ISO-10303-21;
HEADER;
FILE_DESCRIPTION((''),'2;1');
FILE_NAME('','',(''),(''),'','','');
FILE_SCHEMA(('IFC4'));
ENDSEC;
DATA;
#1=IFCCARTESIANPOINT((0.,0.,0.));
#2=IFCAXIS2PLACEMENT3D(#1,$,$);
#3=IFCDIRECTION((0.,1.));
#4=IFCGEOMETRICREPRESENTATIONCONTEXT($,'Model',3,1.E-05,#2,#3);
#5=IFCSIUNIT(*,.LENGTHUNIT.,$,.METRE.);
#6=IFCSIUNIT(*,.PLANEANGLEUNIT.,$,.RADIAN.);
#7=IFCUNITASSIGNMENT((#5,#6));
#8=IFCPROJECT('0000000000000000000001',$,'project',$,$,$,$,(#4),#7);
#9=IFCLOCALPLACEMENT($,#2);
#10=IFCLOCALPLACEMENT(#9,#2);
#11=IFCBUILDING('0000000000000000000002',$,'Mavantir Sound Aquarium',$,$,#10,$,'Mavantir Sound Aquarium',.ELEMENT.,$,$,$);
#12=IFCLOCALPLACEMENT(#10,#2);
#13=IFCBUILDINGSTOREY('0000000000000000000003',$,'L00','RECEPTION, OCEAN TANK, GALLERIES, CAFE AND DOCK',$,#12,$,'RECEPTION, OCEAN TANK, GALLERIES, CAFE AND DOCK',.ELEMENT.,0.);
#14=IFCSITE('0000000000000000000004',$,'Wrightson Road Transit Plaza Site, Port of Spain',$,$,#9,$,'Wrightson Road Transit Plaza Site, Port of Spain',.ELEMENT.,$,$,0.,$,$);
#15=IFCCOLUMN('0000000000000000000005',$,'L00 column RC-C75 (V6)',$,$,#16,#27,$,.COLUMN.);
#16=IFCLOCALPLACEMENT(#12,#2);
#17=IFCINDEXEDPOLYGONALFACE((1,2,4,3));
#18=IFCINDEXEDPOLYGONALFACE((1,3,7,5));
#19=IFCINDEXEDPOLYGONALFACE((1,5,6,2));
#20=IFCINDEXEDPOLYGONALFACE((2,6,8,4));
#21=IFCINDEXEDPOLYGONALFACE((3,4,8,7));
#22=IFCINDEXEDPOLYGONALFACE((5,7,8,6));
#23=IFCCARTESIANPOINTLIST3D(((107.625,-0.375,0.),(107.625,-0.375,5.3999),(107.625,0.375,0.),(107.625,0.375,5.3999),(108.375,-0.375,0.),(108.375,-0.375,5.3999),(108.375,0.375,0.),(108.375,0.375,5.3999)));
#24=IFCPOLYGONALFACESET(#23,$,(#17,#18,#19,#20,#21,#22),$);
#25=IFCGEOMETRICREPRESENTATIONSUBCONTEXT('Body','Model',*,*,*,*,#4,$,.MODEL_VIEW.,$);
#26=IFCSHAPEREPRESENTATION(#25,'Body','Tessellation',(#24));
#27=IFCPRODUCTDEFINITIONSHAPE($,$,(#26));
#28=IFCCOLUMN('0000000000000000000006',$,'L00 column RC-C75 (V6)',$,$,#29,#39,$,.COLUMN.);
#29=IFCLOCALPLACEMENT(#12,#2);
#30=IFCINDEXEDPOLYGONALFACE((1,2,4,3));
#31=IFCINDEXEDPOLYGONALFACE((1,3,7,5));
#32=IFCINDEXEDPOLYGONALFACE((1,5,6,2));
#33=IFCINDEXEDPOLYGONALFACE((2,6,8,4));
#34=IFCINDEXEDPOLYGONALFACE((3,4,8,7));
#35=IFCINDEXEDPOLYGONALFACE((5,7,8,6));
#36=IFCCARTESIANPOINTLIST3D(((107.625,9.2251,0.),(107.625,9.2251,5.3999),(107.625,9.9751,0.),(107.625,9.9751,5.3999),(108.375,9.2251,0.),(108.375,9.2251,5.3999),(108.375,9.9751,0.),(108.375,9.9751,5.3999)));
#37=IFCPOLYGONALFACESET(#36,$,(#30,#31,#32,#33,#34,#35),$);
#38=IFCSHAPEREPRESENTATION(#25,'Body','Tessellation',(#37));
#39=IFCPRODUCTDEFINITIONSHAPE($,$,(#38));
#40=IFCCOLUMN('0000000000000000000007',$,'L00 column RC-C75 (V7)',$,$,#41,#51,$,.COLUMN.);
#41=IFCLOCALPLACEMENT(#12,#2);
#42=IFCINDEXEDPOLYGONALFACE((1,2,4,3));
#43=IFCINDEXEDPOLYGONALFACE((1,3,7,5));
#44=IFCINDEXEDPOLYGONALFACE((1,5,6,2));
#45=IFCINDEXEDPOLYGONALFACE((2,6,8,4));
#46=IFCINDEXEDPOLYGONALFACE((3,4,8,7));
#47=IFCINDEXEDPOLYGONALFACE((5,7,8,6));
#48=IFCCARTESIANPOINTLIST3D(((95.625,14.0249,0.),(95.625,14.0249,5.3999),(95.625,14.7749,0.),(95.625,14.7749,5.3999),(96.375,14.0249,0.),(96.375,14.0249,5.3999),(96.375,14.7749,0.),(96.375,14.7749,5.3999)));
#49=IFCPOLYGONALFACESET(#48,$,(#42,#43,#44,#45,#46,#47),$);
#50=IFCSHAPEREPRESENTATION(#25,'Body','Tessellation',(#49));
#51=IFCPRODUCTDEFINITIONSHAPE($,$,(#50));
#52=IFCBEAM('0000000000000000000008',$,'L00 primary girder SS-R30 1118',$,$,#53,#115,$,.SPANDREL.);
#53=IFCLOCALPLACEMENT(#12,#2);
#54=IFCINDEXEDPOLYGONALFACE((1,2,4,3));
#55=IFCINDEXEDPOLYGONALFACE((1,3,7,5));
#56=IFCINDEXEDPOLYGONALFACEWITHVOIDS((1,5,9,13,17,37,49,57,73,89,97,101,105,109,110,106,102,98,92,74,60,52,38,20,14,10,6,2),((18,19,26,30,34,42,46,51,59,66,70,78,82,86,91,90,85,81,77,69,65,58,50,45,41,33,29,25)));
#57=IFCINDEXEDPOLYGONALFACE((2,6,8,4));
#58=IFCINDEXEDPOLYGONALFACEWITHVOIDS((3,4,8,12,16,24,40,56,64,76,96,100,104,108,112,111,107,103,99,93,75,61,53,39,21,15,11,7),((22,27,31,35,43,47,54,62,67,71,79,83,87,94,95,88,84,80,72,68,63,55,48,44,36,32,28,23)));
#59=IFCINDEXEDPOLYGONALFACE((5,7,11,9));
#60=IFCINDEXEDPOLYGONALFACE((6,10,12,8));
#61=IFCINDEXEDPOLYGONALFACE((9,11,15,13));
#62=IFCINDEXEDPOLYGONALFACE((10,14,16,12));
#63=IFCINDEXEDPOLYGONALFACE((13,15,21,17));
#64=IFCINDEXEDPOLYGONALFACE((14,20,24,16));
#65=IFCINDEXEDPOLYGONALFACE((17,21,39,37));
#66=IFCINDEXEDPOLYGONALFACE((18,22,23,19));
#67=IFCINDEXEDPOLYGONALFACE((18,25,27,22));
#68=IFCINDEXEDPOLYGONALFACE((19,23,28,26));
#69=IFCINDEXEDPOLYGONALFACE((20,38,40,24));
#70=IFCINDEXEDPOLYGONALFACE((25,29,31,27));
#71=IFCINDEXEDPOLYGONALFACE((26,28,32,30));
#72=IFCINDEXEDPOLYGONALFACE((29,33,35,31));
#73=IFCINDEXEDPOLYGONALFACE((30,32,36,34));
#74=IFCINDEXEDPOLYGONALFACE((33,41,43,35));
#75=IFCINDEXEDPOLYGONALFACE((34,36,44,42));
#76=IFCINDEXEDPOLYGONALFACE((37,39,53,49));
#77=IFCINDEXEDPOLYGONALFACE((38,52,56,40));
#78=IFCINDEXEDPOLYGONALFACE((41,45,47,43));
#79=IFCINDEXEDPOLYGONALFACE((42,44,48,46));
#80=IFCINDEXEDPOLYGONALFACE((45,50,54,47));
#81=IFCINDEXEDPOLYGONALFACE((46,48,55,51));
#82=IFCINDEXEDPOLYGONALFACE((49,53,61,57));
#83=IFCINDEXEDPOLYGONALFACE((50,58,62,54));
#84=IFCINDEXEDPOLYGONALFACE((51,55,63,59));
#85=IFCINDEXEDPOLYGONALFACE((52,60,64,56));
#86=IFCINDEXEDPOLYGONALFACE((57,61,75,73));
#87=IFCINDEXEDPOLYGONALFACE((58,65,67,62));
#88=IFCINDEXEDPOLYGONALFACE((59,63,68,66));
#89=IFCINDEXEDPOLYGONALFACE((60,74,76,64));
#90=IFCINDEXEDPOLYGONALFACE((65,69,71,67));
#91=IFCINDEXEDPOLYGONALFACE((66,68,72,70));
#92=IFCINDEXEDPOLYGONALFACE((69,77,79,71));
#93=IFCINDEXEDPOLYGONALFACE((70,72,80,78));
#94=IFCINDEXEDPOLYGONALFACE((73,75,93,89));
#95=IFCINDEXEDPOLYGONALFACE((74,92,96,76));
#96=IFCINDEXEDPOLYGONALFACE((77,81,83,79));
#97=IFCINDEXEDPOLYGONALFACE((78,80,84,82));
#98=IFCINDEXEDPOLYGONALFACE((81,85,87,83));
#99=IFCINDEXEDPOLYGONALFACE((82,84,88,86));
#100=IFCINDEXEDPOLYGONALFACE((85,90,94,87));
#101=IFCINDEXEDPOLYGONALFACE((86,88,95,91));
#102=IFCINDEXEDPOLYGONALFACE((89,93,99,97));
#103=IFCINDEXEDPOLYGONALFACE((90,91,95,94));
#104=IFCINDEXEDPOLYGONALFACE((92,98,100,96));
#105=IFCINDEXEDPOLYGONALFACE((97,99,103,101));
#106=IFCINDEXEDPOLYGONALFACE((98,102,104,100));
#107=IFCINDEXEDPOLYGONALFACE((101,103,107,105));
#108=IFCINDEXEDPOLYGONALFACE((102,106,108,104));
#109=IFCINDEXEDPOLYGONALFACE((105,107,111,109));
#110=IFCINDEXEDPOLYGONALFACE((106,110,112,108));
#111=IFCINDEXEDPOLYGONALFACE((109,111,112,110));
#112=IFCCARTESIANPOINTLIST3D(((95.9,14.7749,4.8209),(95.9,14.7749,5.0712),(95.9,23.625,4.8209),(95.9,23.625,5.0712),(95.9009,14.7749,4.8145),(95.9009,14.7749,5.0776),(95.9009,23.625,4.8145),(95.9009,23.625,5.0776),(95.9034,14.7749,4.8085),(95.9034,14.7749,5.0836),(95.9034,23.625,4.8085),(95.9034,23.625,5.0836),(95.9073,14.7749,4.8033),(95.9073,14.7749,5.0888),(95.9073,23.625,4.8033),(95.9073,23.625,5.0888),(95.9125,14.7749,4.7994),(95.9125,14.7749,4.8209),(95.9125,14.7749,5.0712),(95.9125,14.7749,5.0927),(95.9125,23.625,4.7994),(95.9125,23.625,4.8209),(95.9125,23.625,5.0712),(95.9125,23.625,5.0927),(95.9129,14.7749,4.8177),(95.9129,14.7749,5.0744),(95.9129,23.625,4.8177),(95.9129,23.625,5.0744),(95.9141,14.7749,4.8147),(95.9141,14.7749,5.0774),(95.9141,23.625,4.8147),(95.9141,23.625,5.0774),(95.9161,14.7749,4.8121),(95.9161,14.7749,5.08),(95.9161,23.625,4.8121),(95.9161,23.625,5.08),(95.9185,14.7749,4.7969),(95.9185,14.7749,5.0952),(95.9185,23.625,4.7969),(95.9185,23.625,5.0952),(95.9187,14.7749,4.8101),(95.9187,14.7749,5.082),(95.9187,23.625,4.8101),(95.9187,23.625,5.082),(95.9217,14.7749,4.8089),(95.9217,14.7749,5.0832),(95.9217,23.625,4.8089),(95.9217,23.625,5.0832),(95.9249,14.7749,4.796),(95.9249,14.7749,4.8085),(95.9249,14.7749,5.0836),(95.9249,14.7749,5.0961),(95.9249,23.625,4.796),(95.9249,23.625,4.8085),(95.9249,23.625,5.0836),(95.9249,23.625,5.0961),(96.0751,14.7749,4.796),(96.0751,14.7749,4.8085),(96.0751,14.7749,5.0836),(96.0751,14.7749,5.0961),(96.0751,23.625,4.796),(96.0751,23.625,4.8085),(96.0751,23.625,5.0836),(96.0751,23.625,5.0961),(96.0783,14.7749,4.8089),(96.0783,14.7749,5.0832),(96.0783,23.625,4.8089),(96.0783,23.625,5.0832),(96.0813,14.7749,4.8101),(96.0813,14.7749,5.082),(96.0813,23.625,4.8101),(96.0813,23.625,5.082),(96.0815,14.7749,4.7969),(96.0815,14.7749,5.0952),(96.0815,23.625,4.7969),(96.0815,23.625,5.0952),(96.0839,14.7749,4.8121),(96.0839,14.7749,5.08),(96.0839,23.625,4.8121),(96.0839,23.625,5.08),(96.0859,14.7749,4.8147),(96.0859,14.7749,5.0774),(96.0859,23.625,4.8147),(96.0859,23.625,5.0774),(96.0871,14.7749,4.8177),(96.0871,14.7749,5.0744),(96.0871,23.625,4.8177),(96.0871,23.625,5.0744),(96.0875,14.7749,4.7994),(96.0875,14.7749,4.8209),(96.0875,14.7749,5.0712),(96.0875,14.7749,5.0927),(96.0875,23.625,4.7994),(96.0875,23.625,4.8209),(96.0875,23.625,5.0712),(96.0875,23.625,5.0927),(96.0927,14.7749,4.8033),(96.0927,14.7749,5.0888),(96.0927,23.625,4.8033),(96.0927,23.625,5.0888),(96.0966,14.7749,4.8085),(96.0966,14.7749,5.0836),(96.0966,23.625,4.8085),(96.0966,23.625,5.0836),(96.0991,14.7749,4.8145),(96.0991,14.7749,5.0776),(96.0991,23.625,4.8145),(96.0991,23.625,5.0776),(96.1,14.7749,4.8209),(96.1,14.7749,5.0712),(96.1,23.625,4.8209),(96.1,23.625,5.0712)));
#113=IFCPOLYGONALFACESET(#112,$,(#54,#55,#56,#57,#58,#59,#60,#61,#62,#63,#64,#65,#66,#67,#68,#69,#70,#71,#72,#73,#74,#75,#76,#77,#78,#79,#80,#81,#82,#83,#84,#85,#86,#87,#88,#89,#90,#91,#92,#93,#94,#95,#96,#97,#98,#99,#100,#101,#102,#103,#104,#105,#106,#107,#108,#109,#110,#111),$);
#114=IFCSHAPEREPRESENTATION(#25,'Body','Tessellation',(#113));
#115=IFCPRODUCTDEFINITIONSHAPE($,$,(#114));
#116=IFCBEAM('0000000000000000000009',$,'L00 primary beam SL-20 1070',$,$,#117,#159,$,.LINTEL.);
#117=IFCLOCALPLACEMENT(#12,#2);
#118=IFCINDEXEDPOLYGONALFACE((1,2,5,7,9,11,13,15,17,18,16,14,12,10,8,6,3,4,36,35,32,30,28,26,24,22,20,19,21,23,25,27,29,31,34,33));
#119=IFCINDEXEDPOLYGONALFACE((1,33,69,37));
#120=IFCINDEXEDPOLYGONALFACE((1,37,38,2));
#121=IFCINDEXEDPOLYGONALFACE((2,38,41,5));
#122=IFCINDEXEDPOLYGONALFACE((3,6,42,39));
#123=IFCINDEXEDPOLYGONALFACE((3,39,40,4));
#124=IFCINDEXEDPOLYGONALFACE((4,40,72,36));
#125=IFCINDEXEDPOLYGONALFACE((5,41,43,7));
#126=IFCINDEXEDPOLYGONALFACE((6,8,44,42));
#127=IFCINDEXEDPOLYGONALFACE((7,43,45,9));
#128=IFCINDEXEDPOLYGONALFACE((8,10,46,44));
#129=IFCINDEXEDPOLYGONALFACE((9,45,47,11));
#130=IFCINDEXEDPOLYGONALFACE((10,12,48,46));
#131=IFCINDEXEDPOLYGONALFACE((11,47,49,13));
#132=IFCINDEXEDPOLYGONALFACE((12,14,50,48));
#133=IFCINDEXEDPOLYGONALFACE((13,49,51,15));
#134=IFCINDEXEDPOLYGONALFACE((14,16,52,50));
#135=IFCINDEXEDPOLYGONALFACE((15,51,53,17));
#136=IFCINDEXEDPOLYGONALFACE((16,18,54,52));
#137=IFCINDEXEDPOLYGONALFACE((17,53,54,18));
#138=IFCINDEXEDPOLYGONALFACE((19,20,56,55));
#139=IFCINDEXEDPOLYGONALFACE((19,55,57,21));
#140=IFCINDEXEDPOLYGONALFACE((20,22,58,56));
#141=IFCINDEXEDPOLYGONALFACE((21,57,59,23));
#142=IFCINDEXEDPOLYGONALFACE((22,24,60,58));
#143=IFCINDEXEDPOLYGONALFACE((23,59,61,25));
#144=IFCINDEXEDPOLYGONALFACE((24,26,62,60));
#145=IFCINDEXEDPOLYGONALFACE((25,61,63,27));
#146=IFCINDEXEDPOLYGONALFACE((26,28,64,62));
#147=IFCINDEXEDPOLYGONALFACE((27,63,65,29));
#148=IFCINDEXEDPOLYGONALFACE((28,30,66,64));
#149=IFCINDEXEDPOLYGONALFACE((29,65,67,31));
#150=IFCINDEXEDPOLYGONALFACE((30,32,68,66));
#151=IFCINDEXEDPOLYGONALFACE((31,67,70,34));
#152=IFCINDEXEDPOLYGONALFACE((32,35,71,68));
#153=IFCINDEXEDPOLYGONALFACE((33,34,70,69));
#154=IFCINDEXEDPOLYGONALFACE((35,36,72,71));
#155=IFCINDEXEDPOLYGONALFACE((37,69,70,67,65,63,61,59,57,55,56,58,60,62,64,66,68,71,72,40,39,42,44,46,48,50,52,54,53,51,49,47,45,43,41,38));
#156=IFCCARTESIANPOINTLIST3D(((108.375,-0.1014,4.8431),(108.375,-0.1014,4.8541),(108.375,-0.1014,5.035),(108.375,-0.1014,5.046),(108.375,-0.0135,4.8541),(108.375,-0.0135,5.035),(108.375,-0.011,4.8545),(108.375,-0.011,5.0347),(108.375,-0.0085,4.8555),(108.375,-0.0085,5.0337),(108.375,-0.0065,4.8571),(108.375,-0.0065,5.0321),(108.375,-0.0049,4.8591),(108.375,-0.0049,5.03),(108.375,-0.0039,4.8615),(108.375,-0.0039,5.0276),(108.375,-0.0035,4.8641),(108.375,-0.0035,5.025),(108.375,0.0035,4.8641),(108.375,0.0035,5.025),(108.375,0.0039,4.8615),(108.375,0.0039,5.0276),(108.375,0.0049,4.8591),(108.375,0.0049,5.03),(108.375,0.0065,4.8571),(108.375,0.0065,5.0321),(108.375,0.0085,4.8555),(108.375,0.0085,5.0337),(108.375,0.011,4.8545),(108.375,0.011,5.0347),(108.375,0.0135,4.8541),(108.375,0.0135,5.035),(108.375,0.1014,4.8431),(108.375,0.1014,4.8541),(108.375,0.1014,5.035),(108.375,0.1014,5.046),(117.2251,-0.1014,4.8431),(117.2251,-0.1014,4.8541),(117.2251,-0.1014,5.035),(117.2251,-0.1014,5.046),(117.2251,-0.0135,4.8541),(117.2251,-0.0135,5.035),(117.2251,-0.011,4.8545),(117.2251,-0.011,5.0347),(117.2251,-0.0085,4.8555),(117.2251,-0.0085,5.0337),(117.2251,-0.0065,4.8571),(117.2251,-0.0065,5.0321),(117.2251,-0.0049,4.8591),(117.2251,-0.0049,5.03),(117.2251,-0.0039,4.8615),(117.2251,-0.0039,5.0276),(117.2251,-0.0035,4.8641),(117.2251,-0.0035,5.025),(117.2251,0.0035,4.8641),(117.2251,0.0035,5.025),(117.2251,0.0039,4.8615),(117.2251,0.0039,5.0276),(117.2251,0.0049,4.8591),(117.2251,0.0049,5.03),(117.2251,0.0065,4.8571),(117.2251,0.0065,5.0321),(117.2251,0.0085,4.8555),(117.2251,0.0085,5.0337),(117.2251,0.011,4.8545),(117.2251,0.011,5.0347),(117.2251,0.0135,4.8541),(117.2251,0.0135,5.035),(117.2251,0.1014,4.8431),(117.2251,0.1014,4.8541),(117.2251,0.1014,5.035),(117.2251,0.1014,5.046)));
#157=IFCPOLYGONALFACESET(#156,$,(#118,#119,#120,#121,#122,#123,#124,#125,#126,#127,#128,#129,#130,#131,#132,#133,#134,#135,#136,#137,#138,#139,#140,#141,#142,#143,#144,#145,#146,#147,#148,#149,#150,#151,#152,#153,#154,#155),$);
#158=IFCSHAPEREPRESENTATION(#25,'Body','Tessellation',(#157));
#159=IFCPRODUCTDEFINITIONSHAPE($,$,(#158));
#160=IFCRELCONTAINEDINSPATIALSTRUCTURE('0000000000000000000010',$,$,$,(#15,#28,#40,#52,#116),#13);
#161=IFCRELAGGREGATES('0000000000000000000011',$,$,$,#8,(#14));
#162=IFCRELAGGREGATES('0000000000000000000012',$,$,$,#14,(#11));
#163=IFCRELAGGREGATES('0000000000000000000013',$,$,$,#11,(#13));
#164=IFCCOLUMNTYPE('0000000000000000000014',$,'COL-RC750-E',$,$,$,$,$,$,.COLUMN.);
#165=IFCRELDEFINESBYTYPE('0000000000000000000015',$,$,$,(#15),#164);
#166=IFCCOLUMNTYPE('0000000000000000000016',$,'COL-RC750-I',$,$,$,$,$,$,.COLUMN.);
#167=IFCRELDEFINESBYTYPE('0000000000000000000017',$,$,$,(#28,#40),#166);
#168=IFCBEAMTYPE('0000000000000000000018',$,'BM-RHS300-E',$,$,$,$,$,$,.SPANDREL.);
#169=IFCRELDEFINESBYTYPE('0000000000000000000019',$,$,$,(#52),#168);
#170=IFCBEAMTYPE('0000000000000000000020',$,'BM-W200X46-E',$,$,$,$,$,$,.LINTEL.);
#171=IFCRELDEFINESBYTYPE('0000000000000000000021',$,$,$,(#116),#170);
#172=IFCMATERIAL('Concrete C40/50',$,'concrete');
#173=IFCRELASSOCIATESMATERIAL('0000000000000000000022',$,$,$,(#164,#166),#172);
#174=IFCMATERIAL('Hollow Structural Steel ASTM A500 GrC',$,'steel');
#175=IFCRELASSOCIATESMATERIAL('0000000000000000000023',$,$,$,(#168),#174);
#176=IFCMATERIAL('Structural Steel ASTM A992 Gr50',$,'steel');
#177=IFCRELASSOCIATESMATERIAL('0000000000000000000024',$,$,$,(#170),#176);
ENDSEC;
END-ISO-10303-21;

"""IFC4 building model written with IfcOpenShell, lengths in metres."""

from ifc_helpers import new_model, si_unit, direction, frame, origin, origin_2d, place, context, subcontext, project, spatial, rectangle, hollow_rectangle, i_section, extrude, material, material_profile, profile_set, type_object, element, save


model = new_model("IFC4")

# Units and contexts
model_context = context("Model", 3, precision=1e-05, world=origin(), true_north=direction((0.0, 1.0)))
body_context = subcontext(model_context, "Body", "Model", "MODEL_VIEW")
ifc_project = project(units=[si_unit("LENGTHUNIT", "METRE"), si_unit("PLANEANGLEUNIT", "RADIAN")], contexts=[model_context])

# Site, building, storey
site_placement = place(None, origin())
site = spatial("IfcSite", under=ifc_project, at=site_placement, Name="Wrightson Road Transit Plaza Site, Port of Spain", LongName="Wrightson Road Transit Plaza Site, Port of Spain", CompositionType="ELEMENT", RefElevation=0.0)
building_placement = place(site_placement, origin())
building = spatial("IfcBuilding", under=site, at=building_placement, Name="Mavantir Sound Aquarium", LongName="Mavantir Sound Aquarium", CompositionType="ELEMENT")
storey_placement = place(building_placement, origin())
storey = spatial("IfcBuildingStorey", under=building, at=storey_placement, Name="L00", Description="RECEPTION, OCEAN TANK, GALLERIES, CAFE AND DOCK", LongName="RECEPTION, OCEAN TANK, GALLERIES, CAFE AND DOCK", CompositionType="ELEMENT", Elevation=0.0)

# Columns
ifc_material_1 = material(Name="Concrete C40/50", Category="concrete")
ifc_material_profile_1 = material_profile(ifc_material_1, rectangle(XDim=0.75, YDim=0.75, at=origin_2d()), Name="RC 750X750")
ifc_profile_set_1 = profile_set([ifc_material_profile_1], Name="Concrete C40/50")
column_type_1 = type_object("IfcColumnType", Name="COL-RC750-E", PredefinedType="COLUMN", material=ifc_profile_set_1)
column_placement = place(storey_placement, frame((108.0, 0.0, 0.0), z_axis=(0.0, 0.0, 1.0), x_axis=(1.0, 0.0, 0.0)))
element("IfcColumn", 1, at=column_placement, inside=storey, type_object=column_type_1, Name="L00 column RC-C75 (V6)", PredefinedType="COLUMN", context=body_context, shape_type="SweptSolid", body=[
    extrude(rectangle(XDim=0.75, YDim=0.75, at=origin_2d()), origin(), (0.0, 0.0, 1.0), 5.3999),
])
ifc_material_profile_2 = material_profile(ifc_material_1, rectangle(XDim=0.75, YDim=0.75, at=origin_2d()), Name="RC 750X750")
ifc_profile_set_2 = profile_set([ifc_material_profile_2], Name="Concrete C40/50")
column_type_2 = type_object("IfcColumnType", Name="COL-RC750-I", PredefinedType="COLUMN", material=ifc_profile_set_2)
for number, where, z_axis, x_axis, name in (
    (2, (108.0, 9.6001, 0.0), (0.0, 0.0, 1.0), (1.0, 0.0, 0.0), "L00 column RC-C75 (V6)"),
    (3, (96.0, 14.3999, 0.0), (0.0, 0.0, 1.0), (1.0, 0.0, 0.0), "L00 column RC-C75 (V7)"),
):
    element("IfcColumn", number, at=place(storey_placement, frame(where, z_axis=z_axis, x_axis=x_axis)), inside=storey, type_object=column_type_2, Name=name, PredefinedType="COLUMN", context=body_context, shape_type="SweptSolid", body=[
        extrude(rectangle(XDim=0.75, YDim=0.75, at=origin_2d()), origin(), (0.0, 0.0, 1.0), 5.3999),
    ])

# Beams
ifc_material_2 = material(Name="Hollow Structural Steel ASTM A500 GrC", Category="steel")
ifc_material_profile_3 = material_profile(ifc_material_2, hollow_rectangle(XDim=0.2, YDim=0.3, WallThickness=0.0125, InnerFilletRadius=0.0125, OuterFilletRadius=0.0249, at=origin_2d()), Name="RHS 300X200X12.5")
ifc_profile_set_3 = profile_set([ifc_material_profile_3], Name="Hollow Structural Steel ASTM A500 GrC")
beam_type_1 = type_object("IfcBeamType", Name="BM-RHS300-E", PredefinedType="SPANDREL", material=ifc_profile_set_3)
beam_1_placement = place(storey_placement, frame((96.0, 14.7749, 4.946), z_axis=(0.0, 1.0, 0.0), x_axis=(-1.0, 0.0, 0.0)))
element("IfcBeam", 4, at=beam_1_placement, inside=storey, type_object=beam_type_1, Name="L00 primary girder SS-R30 1118", PredefinedType="SPANDREL", context=body_context, shape_type="SweptSolid", body=[
    extrude(hollow_rectangle(XDim=0.2, YDim=0.3, WallThickness=0.0125, InnerFilletRadius=0.0125, OuterFilletRadius=0.0249, at=origin_2d()), origin(), (0.0, 0.0, 1.0), 8.8501),
])
ifc_material_3 = material(Name="Structural Steel ASTM A992 Gr50", Category="steel")
ifc_material_profile_4 = material_profile(ifc_material_3, i_section(OverallWidth=0.2029, OverallDepth=0.2029, WebThickness=0.0071, FlangeThickness=0.011, FilletRadius=0.01, at=origin_2d()), Name="W200X46")
ifc_profile_set_4 = profile_set([ifc_material_profile_4], Name="Structural Steel ASTM A992 Gr50")
beam_type_2 = type_object("IfcBeamType", Name="BM-W200X46-E", PredefinedType="LINTEL", material=ifc_profile_set_4)
beam_2_placement = place(storey_placement, frame((108.375, 0.0, 4.9446), z_axis=(1.0, 0.0, 0.0), x_axis=(0.0, 1.0, 0.0)))
element("IfcBeam", 5, at=beam_2_placement, inside=storey, type_object=beam_type_2, Name="L00 primary beam SL-20 1070", PredefinedType="LINTEL", context=body_context, shape_type="SweptSolid", body=[
    extrude(i_section(OverallWidth=0.2029, OverallDepth=0.2029, WebThickness=0.0071, FlangeThickness=0.011, FilletRadius=0.01, at=origin_2d()), origin(), (0.0, 0.0, 1.0), 8.8501),
])

save(model, "model.ifc")
